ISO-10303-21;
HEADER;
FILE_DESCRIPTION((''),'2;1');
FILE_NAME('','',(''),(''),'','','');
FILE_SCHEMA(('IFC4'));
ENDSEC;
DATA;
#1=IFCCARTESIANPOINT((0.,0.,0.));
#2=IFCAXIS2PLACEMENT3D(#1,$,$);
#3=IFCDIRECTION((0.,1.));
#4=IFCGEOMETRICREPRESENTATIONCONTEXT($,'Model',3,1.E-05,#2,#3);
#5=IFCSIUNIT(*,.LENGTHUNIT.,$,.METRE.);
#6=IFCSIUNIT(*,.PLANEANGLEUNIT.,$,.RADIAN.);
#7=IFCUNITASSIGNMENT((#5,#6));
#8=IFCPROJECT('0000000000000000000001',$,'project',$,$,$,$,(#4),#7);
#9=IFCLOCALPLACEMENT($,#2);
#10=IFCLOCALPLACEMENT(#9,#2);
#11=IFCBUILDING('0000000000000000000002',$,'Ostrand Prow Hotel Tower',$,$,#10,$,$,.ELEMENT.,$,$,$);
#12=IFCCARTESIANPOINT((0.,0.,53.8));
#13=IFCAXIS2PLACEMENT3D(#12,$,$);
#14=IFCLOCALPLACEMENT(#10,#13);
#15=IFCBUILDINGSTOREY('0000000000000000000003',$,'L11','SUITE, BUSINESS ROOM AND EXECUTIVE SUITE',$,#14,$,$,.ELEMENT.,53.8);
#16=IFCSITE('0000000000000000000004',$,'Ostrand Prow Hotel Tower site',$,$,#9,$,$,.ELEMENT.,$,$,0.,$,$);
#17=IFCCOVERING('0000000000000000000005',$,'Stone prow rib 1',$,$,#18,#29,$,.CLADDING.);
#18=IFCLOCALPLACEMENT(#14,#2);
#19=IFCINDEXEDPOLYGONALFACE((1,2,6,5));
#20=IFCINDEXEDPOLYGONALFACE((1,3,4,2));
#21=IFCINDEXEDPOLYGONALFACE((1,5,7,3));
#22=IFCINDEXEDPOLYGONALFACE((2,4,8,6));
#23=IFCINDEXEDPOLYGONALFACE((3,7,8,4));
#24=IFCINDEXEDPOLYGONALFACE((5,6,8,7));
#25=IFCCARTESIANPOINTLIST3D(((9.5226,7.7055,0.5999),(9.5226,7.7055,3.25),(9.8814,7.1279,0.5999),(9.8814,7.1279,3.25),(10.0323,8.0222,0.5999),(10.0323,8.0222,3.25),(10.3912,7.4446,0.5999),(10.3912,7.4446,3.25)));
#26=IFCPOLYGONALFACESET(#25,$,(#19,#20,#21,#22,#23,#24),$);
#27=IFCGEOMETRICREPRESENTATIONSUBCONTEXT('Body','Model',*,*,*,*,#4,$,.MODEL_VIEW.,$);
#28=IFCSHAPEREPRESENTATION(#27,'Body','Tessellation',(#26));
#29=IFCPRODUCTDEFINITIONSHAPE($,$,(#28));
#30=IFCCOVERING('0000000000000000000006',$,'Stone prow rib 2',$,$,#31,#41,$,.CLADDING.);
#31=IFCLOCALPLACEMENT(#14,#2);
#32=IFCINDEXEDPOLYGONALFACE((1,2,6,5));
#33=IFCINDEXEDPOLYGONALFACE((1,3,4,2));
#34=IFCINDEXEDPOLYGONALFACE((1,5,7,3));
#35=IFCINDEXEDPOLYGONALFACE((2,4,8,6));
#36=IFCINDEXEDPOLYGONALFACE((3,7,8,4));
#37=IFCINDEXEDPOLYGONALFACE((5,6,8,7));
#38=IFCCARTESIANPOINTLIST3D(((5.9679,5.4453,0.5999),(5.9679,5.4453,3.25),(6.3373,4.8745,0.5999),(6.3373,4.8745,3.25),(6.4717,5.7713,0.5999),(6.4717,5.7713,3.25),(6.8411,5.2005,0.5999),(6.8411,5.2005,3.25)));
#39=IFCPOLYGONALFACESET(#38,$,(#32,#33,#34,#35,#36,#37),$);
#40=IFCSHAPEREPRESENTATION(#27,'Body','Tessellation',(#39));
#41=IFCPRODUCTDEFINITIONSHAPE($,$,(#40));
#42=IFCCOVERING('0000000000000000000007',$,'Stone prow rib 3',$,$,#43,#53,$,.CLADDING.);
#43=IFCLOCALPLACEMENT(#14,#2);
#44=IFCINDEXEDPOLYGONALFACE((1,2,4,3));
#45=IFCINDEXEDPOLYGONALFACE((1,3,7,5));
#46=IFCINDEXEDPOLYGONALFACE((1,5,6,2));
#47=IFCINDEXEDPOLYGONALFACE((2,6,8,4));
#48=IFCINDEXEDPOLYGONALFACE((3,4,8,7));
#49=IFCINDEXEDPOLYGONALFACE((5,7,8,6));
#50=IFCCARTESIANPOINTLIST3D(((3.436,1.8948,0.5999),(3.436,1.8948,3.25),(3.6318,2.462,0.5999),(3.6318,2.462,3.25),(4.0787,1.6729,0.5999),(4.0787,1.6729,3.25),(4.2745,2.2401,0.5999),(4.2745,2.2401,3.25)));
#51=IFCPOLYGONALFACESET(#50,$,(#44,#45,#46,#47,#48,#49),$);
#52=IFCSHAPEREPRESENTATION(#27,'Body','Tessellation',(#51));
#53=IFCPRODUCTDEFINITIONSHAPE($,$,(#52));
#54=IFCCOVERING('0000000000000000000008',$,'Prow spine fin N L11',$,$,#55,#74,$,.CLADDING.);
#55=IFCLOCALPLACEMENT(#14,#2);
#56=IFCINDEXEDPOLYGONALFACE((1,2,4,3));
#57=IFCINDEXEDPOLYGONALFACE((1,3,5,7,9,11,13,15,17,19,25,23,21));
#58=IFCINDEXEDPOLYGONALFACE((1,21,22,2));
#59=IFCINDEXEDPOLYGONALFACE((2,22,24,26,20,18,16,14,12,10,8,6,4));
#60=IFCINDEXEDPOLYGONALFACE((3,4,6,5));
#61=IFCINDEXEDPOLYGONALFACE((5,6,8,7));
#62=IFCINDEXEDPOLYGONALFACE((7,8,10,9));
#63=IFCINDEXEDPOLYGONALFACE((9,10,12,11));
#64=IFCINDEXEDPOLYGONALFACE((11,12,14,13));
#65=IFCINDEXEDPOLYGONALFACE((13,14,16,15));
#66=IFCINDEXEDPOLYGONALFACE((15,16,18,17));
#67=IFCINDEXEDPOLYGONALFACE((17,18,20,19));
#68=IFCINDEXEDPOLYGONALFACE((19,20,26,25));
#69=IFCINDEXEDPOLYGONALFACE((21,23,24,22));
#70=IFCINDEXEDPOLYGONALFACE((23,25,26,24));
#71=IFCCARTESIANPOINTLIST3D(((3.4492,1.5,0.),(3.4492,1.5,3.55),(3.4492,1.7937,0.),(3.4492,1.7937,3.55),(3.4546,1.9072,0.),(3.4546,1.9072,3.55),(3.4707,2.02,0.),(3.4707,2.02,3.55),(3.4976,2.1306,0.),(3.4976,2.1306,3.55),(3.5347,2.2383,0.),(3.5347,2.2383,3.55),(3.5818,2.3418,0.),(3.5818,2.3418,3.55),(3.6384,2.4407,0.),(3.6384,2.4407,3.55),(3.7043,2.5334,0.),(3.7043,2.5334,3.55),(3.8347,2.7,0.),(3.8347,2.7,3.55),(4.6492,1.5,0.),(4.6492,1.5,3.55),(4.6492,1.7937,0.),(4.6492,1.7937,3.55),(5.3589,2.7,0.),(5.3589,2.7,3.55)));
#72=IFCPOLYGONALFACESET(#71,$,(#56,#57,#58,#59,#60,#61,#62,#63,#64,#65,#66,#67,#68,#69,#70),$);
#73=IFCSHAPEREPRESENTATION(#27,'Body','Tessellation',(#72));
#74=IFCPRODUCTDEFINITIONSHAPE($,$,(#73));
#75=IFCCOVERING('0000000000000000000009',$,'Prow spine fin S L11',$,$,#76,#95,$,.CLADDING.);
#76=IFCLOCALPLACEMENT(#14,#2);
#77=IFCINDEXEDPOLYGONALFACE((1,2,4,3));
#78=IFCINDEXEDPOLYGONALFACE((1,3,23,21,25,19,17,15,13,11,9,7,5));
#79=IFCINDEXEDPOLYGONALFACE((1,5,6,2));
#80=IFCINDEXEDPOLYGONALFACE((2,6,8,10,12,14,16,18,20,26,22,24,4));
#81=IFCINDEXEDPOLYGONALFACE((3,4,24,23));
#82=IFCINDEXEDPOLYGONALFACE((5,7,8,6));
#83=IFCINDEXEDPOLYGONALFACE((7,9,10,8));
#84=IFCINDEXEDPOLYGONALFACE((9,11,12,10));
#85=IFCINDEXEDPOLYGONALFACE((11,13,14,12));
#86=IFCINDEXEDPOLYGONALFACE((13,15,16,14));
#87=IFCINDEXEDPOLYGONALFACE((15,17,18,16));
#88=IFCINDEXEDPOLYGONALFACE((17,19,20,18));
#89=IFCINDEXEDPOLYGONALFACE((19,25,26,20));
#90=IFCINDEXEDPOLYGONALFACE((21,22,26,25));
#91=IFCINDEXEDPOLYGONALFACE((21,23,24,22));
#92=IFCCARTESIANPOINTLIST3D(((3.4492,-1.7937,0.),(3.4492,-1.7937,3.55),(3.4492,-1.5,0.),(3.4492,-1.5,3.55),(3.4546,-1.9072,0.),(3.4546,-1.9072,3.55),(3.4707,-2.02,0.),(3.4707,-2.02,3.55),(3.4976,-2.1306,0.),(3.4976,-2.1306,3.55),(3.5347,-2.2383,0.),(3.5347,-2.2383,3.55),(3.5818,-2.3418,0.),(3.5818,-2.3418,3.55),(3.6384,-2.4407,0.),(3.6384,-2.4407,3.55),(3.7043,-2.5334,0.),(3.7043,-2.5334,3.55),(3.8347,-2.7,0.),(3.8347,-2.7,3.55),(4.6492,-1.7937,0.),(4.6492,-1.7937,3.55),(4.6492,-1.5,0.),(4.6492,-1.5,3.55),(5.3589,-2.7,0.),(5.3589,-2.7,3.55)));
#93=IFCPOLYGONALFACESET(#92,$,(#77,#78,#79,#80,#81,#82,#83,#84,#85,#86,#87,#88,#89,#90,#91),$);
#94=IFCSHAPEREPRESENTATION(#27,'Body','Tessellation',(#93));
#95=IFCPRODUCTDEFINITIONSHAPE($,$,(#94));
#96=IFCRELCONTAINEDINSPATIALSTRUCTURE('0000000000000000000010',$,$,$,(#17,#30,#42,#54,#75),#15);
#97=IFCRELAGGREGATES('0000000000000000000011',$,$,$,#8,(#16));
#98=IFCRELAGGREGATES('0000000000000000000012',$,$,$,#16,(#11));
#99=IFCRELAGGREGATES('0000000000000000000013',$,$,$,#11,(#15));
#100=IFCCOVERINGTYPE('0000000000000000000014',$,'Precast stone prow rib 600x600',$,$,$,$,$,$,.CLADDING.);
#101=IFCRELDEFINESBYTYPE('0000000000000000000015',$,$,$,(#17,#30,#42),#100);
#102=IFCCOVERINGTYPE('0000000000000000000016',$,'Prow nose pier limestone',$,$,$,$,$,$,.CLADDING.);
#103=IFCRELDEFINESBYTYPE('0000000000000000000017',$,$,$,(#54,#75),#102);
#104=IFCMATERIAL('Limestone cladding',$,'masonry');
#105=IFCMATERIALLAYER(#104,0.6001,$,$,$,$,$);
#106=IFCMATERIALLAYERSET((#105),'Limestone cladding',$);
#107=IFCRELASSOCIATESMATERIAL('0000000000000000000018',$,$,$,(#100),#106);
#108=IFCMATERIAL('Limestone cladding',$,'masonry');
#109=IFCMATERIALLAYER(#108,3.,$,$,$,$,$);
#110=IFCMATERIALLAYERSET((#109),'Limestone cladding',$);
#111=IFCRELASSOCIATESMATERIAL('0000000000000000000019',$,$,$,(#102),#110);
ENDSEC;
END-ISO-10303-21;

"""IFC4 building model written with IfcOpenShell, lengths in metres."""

from ifc_helpers import new_model, si_unit, direction, frame, frame_2d, origin, place, context, subcontext, project, spatial, polyline, rectangle, outline, extrude, material, layer, layer_set, type_object, element, save


model = new_model("IFC4")

# Units and contexts
model_context = context("Model", 3, precision=1e-05, world=origin(), true_north=direction((0.0, 1.0)))
body_context = subcontext(model_context, "Body", "Model", "MODEL_VIEW")
ifc_project = project(units=[si_unit("LENGTHUNIT", "METRE"), si_unit("PLANEANGLEUNIT", "RADIAN")], contexts=[model_context])

# Site, building, storey
site_placement = place(None, origin())
site = spatial("IfcSite", under=ifc_project, at=site_placement, Name="Ostrand Prow Hotel Tower site", CompositionType="ELEMENT", RefElevation=0.0)
building_placement = place(site_placement, origin())
building = spatial("IfcBuilding", under=site, at=building_placement, Name="Ostrand Prow Hotel Tower", CompositionType="ELEMENT")
storey_placement = place(building_placement, frame((0.0, 0.0, 53.8)))
storey = spatial("IfcBuildingStorey", under=building, at=storey_placement, Name="L11", Description="SUITE, BUSINESS ROOM AND EXECUTIVE SUITE", CompositionType="ELEMENT", Elevation=53.8)

# Coverings
ifc_material_1 = material(Name="Limestone cladding", Category="masonry")
ifc_layer_1 = layer(ifc_material_1, 0.6001)
ifc_layer_set_1 = layer_set([ifc_layer_1], Name="Limestone cladding")
covering_type_1 = type_object("IfcCoveringType", Name="Precast stone prow rib 600x600", PredefinedType="CLADDING", material=ifc_layer_set_1)
for number, where, z_axis, x_axis, name in (
    (1, (10.1362, 7.2864, 0.5999), (0.0, 0.0, 1.0), (-0.527738, 0.849407, 0.0), "Stone prow rib 1"),
    (2, (6.5891, 5.0376, 0.5999), (0.0, 0.0, 1.0), (-0.543296, 0.839541, 0.0), "Stone prow rib 2"),
    (3, (4.1765, 1.9565, 0.5999), (0.0, 0.0, 1.0), (-0.945255, 0.326334, 0.0), "Stone prow rib 3"),
):
    element("IfcCovering", number, at=place(storey_placement, frame(where, z_axis=z_axis, x_axis=x_axis)), inside=storey, type_object=covering_type_1, Name=name, PredefinedType="CLADDING", context=body_context, shape_type="SweptSolid", body=[
        extrude(rectangle(XDim=0.6799, YDim=0.6001, at=frame_2d((0.3398, 0.0))), origin(), (0.0, 0.0, 1.0), 2.6501),
    ])
ifc_material_2 = material(Name="Limestone cladding", Category="masonry")
ifc_layer_2 = layer(ifc_material_2, 3.0)
ifc_layer_set_2 = layer_set([ifc_layer_2], Name="Limestone cladding")
covering_type_2 = type_object("IfcCoveringType", Name="Prow nose pier limestone", PredefinedType="CLADDING", material=ifc_layer_set_2)
covering_1_placement = place(storey_placement, origin())
element("IfcCovering", 4, at=covering_1_placement, inside=storey, type_object=covering_type_2, Name="Prow spine fin N L11", PredefinedType="CLADDING", context=body_context, shape_type="SweptSolid", body=[
    extrude(outline(polyline([(3.4492, 1.7937), (3.4492, 1.5), (4.6492, 1.5), (4.6492, 1.7937), (5.3589, 2.7), (3.8347, 2.7), (3.7043, 2.5334), (3.6384, 2.4407), (3.5818, 2.3418), (3.5347, 2.2383), (3.4976, 2.1306), (3.4707, 2.02), (3.4546, 1.9072), (3.4492, 1.7937)])), origin(), (0.0, 0.0, 1.0), 3.55),
])
covering_2_placement = place(storey_placement, origin())
element("IfcCovering", 5, at=covering_2_placement, inside=storey, type_object=covering_type_2, Name="Prow spine fin S L11", PredefinedType="CLADDING", context=body_context, shape_type="SweptSolid", body=[
    extrude(outline(polyline([(3.7043, -2.5334), (3.8347, -2.7), (5.3589, -2.7), (4.6492, -1.7937), (4.6492, -1.5), (3.4492, -1.5), (3.4492, -1.7937), (3.4546, -1.9072), (3.4707, -2.02), (3.4976, -2.1306), (3.5347, -2.2383), (3.5818, -2.3418), (3.6384, -2.4407), (3.7043, -2.5334)])), origin(), (0.0, 0.0, 1.0), 3.55),
])

save(model, "model.ifc")
